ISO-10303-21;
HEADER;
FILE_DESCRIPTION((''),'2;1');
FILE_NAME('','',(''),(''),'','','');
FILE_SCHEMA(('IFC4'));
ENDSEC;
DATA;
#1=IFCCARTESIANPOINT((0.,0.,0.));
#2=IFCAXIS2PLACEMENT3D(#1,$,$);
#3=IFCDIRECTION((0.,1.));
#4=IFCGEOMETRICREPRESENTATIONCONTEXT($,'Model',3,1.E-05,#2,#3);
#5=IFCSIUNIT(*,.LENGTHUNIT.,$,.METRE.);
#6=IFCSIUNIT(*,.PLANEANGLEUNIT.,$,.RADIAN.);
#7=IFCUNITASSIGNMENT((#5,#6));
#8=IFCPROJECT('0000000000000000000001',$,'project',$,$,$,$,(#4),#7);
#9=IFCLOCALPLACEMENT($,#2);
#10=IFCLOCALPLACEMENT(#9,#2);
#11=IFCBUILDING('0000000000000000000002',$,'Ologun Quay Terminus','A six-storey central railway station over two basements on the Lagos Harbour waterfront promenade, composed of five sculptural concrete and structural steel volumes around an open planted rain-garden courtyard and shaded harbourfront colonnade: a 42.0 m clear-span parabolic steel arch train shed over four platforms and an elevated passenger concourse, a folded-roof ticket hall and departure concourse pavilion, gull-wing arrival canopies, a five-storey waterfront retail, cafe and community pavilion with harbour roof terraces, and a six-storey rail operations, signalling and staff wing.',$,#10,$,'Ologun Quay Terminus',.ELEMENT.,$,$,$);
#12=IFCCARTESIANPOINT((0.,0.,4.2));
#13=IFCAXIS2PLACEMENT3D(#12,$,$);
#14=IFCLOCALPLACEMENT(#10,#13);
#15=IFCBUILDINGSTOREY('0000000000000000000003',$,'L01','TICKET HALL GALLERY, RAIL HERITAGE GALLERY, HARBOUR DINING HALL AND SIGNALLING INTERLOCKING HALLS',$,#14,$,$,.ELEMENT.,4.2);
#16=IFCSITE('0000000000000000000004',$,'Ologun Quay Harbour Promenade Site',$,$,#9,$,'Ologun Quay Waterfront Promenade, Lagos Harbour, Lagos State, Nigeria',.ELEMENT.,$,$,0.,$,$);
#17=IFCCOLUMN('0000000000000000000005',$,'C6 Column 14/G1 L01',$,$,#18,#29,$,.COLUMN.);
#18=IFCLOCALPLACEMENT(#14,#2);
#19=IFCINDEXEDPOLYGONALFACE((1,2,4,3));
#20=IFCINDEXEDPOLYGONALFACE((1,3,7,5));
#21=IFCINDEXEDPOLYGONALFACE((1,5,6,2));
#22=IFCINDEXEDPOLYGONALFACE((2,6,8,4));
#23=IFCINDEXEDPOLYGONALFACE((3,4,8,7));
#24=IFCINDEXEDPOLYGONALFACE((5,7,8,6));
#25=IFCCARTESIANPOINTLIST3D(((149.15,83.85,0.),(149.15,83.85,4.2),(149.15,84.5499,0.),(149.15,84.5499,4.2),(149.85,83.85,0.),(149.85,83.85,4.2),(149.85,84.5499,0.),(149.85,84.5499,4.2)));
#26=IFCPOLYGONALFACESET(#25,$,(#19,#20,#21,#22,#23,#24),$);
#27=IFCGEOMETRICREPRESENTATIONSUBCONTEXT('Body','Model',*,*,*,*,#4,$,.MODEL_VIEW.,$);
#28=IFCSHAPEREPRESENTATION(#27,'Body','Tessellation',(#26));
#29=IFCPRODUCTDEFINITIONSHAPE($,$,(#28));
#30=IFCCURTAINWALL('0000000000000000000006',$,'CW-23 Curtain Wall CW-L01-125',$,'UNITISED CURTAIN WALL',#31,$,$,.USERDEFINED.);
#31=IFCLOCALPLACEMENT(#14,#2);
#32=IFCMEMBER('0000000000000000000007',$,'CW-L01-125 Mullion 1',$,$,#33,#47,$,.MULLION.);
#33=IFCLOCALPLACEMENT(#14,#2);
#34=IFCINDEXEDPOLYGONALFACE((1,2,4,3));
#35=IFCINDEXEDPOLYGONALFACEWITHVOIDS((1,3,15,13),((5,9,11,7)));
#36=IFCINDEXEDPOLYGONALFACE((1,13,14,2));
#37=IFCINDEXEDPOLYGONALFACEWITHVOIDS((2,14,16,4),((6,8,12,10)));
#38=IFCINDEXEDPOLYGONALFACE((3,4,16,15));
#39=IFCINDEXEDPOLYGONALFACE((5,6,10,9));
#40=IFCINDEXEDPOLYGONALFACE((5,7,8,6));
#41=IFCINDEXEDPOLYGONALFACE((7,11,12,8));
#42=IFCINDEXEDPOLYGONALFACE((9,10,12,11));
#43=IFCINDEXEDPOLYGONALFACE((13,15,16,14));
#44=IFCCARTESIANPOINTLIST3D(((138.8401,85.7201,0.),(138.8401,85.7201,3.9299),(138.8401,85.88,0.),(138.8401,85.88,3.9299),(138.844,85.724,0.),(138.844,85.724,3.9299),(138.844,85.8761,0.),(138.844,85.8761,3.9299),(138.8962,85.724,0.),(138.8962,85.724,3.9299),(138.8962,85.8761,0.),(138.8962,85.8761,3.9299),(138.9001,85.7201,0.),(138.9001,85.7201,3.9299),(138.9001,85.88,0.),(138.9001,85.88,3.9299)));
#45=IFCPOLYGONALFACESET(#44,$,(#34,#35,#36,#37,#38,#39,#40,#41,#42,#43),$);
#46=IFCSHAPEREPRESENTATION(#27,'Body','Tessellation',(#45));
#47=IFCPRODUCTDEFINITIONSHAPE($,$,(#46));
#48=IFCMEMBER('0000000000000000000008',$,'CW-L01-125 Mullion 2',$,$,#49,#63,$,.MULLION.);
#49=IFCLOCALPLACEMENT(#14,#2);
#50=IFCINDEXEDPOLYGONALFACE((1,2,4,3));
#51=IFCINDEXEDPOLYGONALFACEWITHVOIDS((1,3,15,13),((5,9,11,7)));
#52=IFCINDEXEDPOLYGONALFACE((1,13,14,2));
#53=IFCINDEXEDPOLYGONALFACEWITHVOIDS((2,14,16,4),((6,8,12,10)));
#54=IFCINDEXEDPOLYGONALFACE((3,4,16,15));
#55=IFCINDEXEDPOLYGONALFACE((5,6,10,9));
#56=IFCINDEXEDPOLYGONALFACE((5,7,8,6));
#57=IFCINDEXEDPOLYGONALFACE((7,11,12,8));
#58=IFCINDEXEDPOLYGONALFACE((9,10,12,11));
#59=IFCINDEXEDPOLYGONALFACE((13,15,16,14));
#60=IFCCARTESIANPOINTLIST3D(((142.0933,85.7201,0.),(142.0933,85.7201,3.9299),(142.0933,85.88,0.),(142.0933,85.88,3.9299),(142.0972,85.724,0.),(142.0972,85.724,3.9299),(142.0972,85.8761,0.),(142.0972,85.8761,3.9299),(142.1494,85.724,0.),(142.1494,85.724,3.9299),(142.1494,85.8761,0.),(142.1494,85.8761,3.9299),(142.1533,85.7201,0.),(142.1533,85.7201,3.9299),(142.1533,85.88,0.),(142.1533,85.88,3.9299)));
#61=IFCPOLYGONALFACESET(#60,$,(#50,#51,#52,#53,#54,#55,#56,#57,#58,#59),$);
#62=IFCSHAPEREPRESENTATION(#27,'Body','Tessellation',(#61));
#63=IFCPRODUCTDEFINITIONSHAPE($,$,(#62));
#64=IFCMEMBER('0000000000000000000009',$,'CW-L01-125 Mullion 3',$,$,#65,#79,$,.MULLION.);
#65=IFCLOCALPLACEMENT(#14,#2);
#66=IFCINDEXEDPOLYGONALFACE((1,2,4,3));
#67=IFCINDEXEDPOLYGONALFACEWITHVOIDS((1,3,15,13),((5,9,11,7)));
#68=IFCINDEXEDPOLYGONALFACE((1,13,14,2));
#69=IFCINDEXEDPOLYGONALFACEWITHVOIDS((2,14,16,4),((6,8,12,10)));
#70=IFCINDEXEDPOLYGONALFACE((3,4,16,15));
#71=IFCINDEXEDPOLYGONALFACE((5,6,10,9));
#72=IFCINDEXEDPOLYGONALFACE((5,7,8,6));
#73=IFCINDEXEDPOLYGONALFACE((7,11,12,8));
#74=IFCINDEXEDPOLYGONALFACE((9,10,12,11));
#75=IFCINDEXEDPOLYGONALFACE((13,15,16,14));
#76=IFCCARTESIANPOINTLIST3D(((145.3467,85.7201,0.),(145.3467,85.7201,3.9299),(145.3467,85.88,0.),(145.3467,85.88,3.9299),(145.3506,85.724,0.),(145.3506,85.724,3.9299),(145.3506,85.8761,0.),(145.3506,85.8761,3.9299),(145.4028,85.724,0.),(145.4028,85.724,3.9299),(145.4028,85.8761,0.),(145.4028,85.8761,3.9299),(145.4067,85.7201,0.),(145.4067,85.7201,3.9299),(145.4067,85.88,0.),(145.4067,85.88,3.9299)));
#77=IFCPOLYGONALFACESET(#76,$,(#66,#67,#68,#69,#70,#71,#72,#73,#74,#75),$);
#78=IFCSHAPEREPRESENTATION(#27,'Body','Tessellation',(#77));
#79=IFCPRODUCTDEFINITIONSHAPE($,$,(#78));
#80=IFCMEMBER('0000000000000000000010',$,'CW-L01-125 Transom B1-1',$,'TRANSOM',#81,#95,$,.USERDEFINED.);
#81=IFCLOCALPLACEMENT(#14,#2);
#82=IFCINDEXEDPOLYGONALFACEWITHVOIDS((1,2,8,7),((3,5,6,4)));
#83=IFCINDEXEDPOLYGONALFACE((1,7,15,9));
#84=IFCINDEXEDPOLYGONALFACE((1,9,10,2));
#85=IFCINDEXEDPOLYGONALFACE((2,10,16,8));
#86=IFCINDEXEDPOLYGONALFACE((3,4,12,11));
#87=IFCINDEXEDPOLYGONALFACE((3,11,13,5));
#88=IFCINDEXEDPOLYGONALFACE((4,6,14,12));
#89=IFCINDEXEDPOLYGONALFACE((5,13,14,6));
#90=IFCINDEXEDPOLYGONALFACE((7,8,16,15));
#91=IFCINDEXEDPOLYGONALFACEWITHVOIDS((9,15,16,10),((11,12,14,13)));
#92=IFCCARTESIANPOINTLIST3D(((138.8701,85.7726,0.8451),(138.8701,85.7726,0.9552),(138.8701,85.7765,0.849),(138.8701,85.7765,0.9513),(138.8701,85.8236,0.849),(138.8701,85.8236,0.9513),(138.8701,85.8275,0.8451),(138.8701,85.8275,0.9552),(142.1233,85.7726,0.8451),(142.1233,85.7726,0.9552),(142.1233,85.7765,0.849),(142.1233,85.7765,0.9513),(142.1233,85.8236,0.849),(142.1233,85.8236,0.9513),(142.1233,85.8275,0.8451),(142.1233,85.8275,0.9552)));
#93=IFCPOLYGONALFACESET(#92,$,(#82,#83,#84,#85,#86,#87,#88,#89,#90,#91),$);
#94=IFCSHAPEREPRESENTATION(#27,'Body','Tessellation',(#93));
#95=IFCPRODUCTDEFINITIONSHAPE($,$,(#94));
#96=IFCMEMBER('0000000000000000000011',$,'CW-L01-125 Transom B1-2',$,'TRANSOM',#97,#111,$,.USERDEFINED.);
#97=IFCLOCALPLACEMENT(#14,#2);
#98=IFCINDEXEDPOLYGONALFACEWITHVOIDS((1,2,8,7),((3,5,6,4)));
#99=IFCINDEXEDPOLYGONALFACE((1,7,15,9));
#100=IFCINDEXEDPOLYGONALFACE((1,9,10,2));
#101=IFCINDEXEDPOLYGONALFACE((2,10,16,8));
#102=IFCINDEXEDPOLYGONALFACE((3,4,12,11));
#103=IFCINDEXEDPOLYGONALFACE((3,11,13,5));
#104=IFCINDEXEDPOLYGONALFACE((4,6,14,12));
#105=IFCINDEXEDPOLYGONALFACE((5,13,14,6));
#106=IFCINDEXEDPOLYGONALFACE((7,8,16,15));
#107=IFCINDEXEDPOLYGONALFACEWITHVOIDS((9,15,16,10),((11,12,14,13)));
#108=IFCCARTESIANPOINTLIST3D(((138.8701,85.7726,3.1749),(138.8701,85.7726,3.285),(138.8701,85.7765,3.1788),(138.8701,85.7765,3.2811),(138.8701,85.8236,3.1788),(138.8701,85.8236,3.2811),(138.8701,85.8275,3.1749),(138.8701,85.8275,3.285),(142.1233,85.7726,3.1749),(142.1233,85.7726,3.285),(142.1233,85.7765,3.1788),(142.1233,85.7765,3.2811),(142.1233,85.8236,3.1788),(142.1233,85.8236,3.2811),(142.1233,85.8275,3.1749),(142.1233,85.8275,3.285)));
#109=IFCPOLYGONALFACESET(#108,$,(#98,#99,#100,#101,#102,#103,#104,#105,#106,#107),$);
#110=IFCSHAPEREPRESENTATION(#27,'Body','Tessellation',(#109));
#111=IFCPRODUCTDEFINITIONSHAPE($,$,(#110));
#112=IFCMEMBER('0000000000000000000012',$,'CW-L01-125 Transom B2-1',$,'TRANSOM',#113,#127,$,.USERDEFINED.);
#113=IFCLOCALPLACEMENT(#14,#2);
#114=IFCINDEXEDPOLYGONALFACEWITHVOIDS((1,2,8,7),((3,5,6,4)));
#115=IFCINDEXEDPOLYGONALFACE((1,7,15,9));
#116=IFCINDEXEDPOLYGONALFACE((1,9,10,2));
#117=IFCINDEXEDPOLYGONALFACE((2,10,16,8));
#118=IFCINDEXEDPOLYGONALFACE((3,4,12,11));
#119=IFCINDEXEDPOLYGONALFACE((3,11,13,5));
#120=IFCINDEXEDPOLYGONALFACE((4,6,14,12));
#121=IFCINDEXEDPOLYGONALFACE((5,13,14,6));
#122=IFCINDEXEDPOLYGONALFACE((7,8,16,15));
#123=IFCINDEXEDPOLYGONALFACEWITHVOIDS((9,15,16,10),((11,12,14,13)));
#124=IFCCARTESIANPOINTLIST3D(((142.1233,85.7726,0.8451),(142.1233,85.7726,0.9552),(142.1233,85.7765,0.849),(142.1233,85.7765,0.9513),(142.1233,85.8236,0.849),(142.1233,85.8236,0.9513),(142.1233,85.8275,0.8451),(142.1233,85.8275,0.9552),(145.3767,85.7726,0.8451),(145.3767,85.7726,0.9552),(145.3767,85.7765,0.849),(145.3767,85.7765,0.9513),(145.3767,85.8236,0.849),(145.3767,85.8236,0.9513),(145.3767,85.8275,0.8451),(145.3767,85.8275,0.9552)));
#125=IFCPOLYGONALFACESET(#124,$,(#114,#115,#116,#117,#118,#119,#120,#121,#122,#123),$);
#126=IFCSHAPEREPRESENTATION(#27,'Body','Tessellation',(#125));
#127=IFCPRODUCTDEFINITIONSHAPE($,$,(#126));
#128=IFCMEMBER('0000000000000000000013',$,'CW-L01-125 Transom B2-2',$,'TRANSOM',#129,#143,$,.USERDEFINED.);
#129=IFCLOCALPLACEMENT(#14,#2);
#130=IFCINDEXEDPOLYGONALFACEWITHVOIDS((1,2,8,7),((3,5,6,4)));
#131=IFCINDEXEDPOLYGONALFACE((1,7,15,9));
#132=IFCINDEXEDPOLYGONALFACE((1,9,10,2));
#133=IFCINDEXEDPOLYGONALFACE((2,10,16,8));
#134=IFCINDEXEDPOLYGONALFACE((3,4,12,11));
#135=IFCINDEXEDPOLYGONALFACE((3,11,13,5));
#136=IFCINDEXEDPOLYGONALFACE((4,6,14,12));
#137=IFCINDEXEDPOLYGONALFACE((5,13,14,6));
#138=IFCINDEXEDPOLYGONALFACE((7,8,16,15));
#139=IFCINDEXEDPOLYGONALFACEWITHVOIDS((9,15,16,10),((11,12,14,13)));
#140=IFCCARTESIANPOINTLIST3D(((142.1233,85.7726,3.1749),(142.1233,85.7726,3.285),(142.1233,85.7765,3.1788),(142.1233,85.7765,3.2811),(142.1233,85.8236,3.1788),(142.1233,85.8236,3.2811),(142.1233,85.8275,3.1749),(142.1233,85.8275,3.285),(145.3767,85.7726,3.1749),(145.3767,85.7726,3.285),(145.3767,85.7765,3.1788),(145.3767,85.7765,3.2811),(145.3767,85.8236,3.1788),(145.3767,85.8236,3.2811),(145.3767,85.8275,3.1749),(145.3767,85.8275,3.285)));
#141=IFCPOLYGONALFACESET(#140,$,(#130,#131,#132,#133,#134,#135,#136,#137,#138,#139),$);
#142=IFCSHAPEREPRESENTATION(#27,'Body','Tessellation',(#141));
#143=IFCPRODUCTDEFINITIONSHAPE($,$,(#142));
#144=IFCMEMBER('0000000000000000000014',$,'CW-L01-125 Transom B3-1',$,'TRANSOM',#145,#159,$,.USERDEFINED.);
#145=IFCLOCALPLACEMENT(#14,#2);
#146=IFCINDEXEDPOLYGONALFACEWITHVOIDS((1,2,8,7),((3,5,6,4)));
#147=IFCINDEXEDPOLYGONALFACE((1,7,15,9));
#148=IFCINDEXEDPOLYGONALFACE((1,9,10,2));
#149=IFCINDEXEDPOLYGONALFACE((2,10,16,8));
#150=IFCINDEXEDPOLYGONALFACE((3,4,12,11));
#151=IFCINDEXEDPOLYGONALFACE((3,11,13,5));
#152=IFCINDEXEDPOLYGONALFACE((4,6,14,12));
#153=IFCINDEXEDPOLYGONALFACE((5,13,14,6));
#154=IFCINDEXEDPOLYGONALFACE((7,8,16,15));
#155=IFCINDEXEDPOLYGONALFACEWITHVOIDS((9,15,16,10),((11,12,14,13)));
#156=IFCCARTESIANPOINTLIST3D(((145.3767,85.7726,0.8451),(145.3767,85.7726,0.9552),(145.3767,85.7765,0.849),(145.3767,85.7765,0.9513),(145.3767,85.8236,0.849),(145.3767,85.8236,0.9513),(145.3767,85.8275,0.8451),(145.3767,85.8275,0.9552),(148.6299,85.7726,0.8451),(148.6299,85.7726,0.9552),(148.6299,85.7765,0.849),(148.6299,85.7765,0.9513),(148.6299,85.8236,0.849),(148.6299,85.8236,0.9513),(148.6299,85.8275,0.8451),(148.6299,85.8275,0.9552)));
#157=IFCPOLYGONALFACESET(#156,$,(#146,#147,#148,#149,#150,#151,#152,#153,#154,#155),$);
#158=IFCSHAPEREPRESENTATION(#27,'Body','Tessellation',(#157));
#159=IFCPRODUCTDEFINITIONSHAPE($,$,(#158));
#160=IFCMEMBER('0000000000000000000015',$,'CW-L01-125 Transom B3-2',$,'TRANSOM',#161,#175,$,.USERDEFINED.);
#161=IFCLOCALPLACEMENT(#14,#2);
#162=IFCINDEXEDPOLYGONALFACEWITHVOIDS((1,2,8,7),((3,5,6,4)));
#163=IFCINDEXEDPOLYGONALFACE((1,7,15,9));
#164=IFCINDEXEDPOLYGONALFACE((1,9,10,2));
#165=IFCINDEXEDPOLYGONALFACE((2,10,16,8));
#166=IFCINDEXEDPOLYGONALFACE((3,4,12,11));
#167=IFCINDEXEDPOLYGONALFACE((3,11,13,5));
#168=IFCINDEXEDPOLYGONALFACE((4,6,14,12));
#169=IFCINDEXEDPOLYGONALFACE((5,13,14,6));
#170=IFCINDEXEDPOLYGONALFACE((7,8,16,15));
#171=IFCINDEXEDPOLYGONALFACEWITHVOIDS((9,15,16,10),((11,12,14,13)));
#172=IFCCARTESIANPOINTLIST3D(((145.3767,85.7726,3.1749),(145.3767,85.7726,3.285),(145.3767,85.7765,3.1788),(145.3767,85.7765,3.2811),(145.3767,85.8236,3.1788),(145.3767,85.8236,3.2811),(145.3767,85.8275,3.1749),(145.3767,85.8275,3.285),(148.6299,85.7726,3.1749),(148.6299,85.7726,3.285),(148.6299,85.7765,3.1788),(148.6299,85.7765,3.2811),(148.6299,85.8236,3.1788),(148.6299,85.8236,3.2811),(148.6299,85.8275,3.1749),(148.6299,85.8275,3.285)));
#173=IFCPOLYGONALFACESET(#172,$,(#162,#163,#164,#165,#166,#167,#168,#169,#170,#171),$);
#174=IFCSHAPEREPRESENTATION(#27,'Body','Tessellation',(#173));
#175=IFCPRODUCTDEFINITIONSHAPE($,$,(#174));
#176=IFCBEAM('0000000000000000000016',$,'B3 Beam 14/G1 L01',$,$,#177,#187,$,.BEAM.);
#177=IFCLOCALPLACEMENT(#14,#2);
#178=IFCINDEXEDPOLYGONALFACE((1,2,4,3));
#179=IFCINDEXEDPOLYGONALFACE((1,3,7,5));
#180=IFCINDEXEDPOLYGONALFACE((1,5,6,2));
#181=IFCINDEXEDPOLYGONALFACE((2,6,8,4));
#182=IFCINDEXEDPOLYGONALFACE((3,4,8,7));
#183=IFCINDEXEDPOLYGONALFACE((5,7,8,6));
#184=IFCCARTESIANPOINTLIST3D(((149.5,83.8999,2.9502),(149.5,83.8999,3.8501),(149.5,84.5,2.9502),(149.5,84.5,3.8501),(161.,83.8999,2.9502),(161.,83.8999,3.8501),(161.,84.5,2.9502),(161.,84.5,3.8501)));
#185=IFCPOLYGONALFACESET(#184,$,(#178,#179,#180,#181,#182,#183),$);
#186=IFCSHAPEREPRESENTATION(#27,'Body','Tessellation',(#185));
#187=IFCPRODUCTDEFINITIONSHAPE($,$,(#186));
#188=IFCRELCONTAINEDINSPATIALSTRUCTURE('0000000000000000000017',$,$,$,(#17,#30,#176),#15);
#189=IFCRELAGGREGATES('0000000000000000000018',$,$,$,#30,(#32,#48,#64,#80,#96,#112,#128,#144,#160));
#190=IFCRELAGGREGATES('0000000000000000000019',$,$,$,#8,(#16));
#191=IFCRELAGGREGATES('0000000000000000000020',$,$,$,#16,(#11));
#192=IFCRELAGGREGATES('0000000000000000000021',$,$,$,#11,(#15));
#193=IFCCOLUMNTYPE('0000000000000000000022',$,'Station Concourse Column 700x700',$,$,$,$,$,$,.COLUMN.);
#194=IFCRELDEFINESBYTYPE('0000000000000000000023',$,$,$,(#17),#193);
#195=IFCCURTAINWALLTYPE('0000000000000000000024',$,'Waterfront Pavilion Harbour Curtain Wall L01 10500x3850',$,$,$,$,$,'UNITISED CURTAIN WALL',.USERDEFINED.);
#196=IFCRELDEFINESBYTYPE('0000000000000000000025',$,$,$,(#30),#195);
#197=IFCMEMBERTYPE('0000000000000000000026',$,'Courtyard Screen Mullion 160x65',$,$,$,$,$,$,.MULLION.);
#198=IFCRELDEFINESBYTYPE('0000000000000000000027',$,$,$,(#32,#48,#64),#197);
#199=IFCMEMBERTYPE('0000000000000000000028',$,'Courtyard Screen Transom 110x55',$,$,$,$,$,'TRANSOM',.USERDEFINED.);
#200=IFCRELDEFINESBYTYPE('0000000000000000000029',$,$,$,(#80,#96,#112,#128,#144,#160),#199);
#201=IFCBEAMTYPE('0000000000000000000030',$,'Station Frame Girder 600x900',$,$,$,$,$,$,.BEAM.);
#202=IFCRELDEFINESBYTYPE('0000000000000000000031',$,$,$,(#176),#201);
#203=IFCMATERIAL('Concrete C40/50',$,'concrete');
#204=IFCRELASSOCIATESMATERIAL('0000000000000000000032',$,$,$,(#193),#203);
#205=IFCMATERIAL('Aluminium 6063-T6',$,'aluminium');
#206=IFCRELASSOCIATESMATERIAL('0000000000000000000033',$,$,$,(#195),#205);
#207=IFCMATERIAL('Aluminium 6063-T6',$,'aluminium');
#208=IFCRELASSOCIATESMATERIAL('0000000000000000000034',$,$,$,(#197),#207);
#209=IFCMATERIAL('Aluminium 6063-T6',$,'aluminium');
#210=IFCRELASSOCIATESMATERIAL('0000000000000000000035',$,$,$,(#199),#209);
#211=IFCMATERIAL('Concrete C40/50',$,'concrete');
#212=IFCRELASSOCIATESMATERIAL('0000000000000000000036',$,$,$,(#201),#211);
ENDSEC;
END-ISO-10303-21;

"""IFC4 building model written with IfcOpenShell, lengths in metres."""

from ifc_helpers import new_model, si_unit, direction, frame, origin, origin_2d, place, context, subcontext, project, spatial, rectangle, hollow_rectangle, extrude, material, material_profile, profile_set, type_object, element, aggregate, save


model = new_model("IFC4")

# Units and contexts
model_context = context("Model", 3, precision=1e-05, world=origin(), true_north=direction((0.0, 1.0)))
body_context = subcontext(model_context, "Body", "Model", "MODEL_VIEW")
ifc_project = project(units=[si_unit("LENGTHUNIT", "METRE"), si_unit("PLANEANGLEUNIT", "RADIAN")], contexts=[model_context])

# Site, building, storey
site_placement = place(None, origin())
site = spatial("IfcSite", under=ifc_project, at=site_placement, Name="Ologun Quay Harbour Promenade Site", LongName="Ologun Quay Waterfront Promenade, Lagos Harbour, Lagos State, Nigeria", CompositionType="ELEMENT", RefElevation=0.0)
building_placement = place(site_placement, origin())
building = spatial("IfcBuilding", under=site, at=building_placement, Name="Ologun Quay Terminus", Description="A six-storey central railway station over two basements on the Lagos Harbour waterfront promenade, composed of five sculptural concrete and structural steel volumes around an open planted rain-garden courtyard and shaded harbourfront colonnade: a 42.0 m clear-span parabolic steel arch train shed over four platforms and an elevated passenger concourse, a folded-roof ticket hall and departure concourse pavilion, gull-wing arrival canopies, a five-storey waterfront retail, cafe and community pavilion with harbour roof terraces, and a six-storey rail operations, signalling and staff wing.", LongName="Ologun Quay Terminus", CompositionType="ELEMENT")
storey_placement = place(building_placement, frame((0.0, 0.0, 4.2)))
storey = spatial("IfcBuildingStorey", under=building, at=storey_placement, Name="L01", Description="TICKET HALL GALLERY, RAIL HERITAGE GALLERY, HARBOUR DINING HALL AND SIGNALLING INTERLOCKING HALLS", CompositionType="ELEMENT", Elevation=4.2)

# Column
ifc_material_1 = material(Name="Concrete C40/50", Category="concrete")
ifc_material_profile_1 = material_profile(ifc_material_1, rectangle(XDim=0.7, YDim=0.7, at=origin_2d()), Name="RC 700x700")
ifc_profile_set_1 = profile_set([ifc_material_profile_1], Name="Concrete C40/50")
column_type = type_object("IfcColumnType", Name="Station Concourse Column 700x700", PredefinedType="COLUMN", material=ifc_profile_set_1)
column_placement = place(storey_placement, frame((149.5, 84.2, 0.0), z_axis=(0.0, 0.0, 1.0), x_axis=(1.0, 0.0, 0.0)))
element("IfcColumn", 1, at=column_placement, inside=storey, type_object=column_type, Name="C6 Column 14/G1 L01", PredefinedType="COLUMN", context=body_context, shape_type="SweptSolid", body=[
    extrude(rectangle(XDim=0.7, YDim=0.7, at=origin_2d()), origin(), (0.0, 0.0, 1.0), 4.2),
])

# Curtain wall, members
ifc_material_2 = material(Name="Aluminium 6063-T6", Category="aluminium")
curtain_wall_type = type_object("IfcCurtainWallType", Name="Waterfront Pavilion Harbour Curtain Wall L01 10500x3850", ElementType="UNITISED CURTAIN WALL", PredefinedType="USERDEFINED", material=ifc_material_2)
curtain_wall_placement = place(storey_placement, origin())
curtain_wall = element("IfcCurtainWall", 2, at=curtain_wall_placement, inside=storey, type_object=curtain_wall_type, Name="CW-23 Curtain Wall CW-L01-125", ObjectType="UNITISED CURTAIN WALL", PredefinedType="USERDEFINED")
ifc_material_3 = material(Name="Aluminium 6063-T6", Category="aluminium")
ifc_material_profile_2 = material_profile(ifc_material_3, hollow_rectangle(XDim=0.0601, YDim=0.1599, WallThickness=0.0039, at=origin_2d()), Name="ALU 160x60x4")
ifc_profile_set_2 = profile_set([ifc_material_profile_2], Name="Aluminium 6063-T6")
member_type_1 = type_object("IfcMemberType", Name="Courtyard Screen Mullion 160x65", PredefinedType="MULLION", material=ifc_profile_set_2)
member_1_placement = place(storey_placement, frame((138.8701, 85.8, 0.0), z_axis=(0.0, 0.0, 1.0), x_axis=(1.0, 0.0, 0.0)))
member_1 = element("IfcMember", 3, at=member_1_placement, type_object=member_type_1, Name="CW-L01-125 Mullion 1", PredefinedType="MULLION", context=body_context, shape_type="SweptSolid", body=[
    extrude(hollow_rectangle(XDim=0.0601, YDim=0.1599, WallThickness=0.0039, at=origin_2d()), origin(), (0.0, 0.0, 1.0), 3.9299),
])
member_2_placement = place(storey_placement, frame((142.1233, 85.8, 0.0), z_axis=(0.0, 0.0, 1.0), x_axis=(1.0, 0.0, 0.0)))
member_2 = element("IfcMember", 4, at=member_2_placement, type_object=member_type_1, Name="CW-L01-125 Mullion 2", PredefinedType="MULLION", context=body_context, shape_type="SweptSolid", body=[
    extrude(hollow_rectangle(XDim=0.0601, YDim=0.1599, WallThickness=0.0039, at=origin_2d()), origin(), (0.0, 0.0, 1.0), 3.9299),
])
member_3_placement = place(storey_placement, frame((145.3767, 85.8, 0.0), z_axis=(0.0, 0.0, 1.0), x_axis=(1.0, 0.0, 0.0)))
member_3 = element("IfcMember", 5, at=member_3_placement, type_object=member_type_1, Name="CW-L01-125 Mullion 3", PredefinedType="MULLION", context=body_context, shape_type="SweptSolid", body=[
    extrude(hollow_rectangle(XDim=0.0601, YDim=0.1599, WallThickness=0.0039, at=origin_2d()), origin(), (0.0, 0.0, 1.0), 3.9299),
])
ifc_material_4 = material(Name="Aluminium 6063-T6", Category="aluminium")
ifc_material_profile_3 = material_profile(ifc_material_4, hollow_rectangle(XDim=0.0549, YDim=0.1101, WallThickness=0.0039, at=origin_2d()), Name="ALU 110x55x4")
ifc_profile_set_3 = profile_set([ifc_material_profile_3], Name="Aluminium 6063-T6")
member_type_2 = type_object("IfcMemberType", Name="Courtyard Screen Transom 110x55", ElementType="TRANSOM", PredefinedType="USERDEFINED", material=ifc_profile_set_3)
member_4_placement = place(storey_placement, frame((138.8701, 85.8, 0.9001), z_axis=(1.0, 0.0, 0.0), x_axis=(0.0, 1.0, 0.0)))
member_4 = element("IfcMember", 6, at=member_4_placement, type_object=member_type_2, Name="CW-L01-125 Transom B1-1", ObjectType="TRANSOM", PredefinedType="USERDEFINED", context=body_context, shape_type="SweptSolid", body=[
    extrude(hollow_rectangle(XDim=0.0549, YDim=0.1101, WallThickness=0.0039, at=origin_2d()), origin(), (0.0, 0.0, 1.0), 3.2532),
])
member_5_placement = place(storey_placement, frame((138.8701, 85.8, 3.23), z_axis=(1.0, 0.0, 0.0), x_axis=(0.0, 1.0, 0.0)))
member_5 = element("IfcMember", 7, at=member_5_placement, type_object=member_type_2, Name="CW-L01-125 Transom B1-2", ObjectType="TRANSOM", PredefinedType="USERDEFINED", context=body_context, shape_type="SweptSolid", body=[
    extrude(hollow_rectangle(XDim=0.0549, YDim=0.1101, WallThickness=0.0039, at=origin_2d()), origin(), (0.0, 0.0, 1.0), 3.2532),
])
member_6_placement = place(storey_placement, frame((142.1233, 85.8, 0.9001), z_axis=(1.0, 0.0, 0.0), x_axis=(0.0, 1.0, 0.0)))
member_6 = element("IfcMember", 8, at=member_6_placement, type_object=member_type_2, Name="CW-L01-125 Transom B2-1", ObjectType="TRANSOM", PredefinedType="USERDEFINED", context=body_context, shape_type="SweptSolid", body=[
    extrude(hollow_rectangle(XDim=0.0549, YDim=0.1101, WallThickness=0.0039, at=origin_2d()), origin(), (0.0, 0.0, 1.0), 3.2534),
])
member_7_placement = place(storey_placement, frame((142.1233, 85.8, 3.23), z_axis=(1.0, 0.0, 0.0), x_axis=(0.0, 1.0, 0.0)))
member_7 = element("IfcMember", 9, at=member_7_placement, type_object=member_type_2, Name="CW-L01-125 Transom B2-2", ObjectType="TRANSOM", PredefinedType="USERDEFINED", context=body_context, shape_type="SweptSolid", body=[
    extrude(hollow_rectangle(XDim=0.0549, YDim=0.1101, WallThickness=0.0039, at=origin_2d()), origin(), (0.0, 0.0, 1.0), 3.2534),
])
member_8_placement = place(storey_placement, frame((145.3767, 85.8, 0.9001), z_axis=(1.0, 0.0, 0.0), x_axis=(0.0, 1.0, 0.0)))
member_8 = element("IfcMember", 10, at=member_8_placement, type_object=member_type_2, Name="CW-L01-125 Transom B3-1", ObjectType="TRANSOM", PredefinedType="USERDEFINED", context=body_context, shape_type="SweptSolid", body=[
    extrude(hollow_rectangle(XDim=0.0549, YDim=0.1101, WallThickness=0.0039, at=origin_2d()), origin(), (0.0, 0.0, 1.0), 3.2532),
])
member_9_placement = place(storey_placement, frame((145.3767, 85.8, 3.23), z_axis=(1.0, 0.0, 0.0), x_axis=(0.0, 1.0, 0.0)))
member_9 = element("IfcMember", 11, at=member_9_placement, type_object=member_type_2, Name="CW-L01-125 Transom B3-2", ObjectType="TRANSOM", PredefinedType="USERDEFINED", context=body_context, shape_type="SweptSolid", body=[
    extrude(hollow_rectangle(XDim=0.0549, YDim=0.1101, WallThickness=0.0039, at=origin_2d()), origin(), (0.0, 0.0, 1.0), 3.2532),
])

# Beam
ifc_material_5 = material(Name="Concrete C40/50", Category="concrete")
ifc_material_profile_4 = material_profile(ifc_material_5, rectangle(XDim=0.6001, YDim=0.8999, at=origin_2d()), Name="RC 600x900")
ifc_profile_set_4 = profile_set([ifc_material_profile_4], Name="Concrete C40/50")
beam_type = type_object("IfcBeamType", Name="Station Frame Girder 600x900", PredefinedType="BEAM", material=ifc_profile_set_4)
beam_placement = place(storey_placement, frame((149.5, 84.2, 3.4001), z_axis=(1.0, 0.0, 0.0), x_axis=(0.0, 1.0, 0.0)))
element("IfcBeam", 12, at=beam_placement, inside=storey, type_object=beam_type, Name="B3 Beam 14/G1 L01", PredefinedType="BEAM", context=body_context, shape_type="SweptSolid", body=[
    extrude(rectangle(XDim=0.6001, YDim=0.8999, at=origin_2d()), origin(), (0.0, 0.0, 1.0), 11.5),
])

aggregate(curtain_wall, [member_1, member_2, member_3, member_4, member_5, member_6, member_7, member_8, member_9])

save(model, "model.ifc")
